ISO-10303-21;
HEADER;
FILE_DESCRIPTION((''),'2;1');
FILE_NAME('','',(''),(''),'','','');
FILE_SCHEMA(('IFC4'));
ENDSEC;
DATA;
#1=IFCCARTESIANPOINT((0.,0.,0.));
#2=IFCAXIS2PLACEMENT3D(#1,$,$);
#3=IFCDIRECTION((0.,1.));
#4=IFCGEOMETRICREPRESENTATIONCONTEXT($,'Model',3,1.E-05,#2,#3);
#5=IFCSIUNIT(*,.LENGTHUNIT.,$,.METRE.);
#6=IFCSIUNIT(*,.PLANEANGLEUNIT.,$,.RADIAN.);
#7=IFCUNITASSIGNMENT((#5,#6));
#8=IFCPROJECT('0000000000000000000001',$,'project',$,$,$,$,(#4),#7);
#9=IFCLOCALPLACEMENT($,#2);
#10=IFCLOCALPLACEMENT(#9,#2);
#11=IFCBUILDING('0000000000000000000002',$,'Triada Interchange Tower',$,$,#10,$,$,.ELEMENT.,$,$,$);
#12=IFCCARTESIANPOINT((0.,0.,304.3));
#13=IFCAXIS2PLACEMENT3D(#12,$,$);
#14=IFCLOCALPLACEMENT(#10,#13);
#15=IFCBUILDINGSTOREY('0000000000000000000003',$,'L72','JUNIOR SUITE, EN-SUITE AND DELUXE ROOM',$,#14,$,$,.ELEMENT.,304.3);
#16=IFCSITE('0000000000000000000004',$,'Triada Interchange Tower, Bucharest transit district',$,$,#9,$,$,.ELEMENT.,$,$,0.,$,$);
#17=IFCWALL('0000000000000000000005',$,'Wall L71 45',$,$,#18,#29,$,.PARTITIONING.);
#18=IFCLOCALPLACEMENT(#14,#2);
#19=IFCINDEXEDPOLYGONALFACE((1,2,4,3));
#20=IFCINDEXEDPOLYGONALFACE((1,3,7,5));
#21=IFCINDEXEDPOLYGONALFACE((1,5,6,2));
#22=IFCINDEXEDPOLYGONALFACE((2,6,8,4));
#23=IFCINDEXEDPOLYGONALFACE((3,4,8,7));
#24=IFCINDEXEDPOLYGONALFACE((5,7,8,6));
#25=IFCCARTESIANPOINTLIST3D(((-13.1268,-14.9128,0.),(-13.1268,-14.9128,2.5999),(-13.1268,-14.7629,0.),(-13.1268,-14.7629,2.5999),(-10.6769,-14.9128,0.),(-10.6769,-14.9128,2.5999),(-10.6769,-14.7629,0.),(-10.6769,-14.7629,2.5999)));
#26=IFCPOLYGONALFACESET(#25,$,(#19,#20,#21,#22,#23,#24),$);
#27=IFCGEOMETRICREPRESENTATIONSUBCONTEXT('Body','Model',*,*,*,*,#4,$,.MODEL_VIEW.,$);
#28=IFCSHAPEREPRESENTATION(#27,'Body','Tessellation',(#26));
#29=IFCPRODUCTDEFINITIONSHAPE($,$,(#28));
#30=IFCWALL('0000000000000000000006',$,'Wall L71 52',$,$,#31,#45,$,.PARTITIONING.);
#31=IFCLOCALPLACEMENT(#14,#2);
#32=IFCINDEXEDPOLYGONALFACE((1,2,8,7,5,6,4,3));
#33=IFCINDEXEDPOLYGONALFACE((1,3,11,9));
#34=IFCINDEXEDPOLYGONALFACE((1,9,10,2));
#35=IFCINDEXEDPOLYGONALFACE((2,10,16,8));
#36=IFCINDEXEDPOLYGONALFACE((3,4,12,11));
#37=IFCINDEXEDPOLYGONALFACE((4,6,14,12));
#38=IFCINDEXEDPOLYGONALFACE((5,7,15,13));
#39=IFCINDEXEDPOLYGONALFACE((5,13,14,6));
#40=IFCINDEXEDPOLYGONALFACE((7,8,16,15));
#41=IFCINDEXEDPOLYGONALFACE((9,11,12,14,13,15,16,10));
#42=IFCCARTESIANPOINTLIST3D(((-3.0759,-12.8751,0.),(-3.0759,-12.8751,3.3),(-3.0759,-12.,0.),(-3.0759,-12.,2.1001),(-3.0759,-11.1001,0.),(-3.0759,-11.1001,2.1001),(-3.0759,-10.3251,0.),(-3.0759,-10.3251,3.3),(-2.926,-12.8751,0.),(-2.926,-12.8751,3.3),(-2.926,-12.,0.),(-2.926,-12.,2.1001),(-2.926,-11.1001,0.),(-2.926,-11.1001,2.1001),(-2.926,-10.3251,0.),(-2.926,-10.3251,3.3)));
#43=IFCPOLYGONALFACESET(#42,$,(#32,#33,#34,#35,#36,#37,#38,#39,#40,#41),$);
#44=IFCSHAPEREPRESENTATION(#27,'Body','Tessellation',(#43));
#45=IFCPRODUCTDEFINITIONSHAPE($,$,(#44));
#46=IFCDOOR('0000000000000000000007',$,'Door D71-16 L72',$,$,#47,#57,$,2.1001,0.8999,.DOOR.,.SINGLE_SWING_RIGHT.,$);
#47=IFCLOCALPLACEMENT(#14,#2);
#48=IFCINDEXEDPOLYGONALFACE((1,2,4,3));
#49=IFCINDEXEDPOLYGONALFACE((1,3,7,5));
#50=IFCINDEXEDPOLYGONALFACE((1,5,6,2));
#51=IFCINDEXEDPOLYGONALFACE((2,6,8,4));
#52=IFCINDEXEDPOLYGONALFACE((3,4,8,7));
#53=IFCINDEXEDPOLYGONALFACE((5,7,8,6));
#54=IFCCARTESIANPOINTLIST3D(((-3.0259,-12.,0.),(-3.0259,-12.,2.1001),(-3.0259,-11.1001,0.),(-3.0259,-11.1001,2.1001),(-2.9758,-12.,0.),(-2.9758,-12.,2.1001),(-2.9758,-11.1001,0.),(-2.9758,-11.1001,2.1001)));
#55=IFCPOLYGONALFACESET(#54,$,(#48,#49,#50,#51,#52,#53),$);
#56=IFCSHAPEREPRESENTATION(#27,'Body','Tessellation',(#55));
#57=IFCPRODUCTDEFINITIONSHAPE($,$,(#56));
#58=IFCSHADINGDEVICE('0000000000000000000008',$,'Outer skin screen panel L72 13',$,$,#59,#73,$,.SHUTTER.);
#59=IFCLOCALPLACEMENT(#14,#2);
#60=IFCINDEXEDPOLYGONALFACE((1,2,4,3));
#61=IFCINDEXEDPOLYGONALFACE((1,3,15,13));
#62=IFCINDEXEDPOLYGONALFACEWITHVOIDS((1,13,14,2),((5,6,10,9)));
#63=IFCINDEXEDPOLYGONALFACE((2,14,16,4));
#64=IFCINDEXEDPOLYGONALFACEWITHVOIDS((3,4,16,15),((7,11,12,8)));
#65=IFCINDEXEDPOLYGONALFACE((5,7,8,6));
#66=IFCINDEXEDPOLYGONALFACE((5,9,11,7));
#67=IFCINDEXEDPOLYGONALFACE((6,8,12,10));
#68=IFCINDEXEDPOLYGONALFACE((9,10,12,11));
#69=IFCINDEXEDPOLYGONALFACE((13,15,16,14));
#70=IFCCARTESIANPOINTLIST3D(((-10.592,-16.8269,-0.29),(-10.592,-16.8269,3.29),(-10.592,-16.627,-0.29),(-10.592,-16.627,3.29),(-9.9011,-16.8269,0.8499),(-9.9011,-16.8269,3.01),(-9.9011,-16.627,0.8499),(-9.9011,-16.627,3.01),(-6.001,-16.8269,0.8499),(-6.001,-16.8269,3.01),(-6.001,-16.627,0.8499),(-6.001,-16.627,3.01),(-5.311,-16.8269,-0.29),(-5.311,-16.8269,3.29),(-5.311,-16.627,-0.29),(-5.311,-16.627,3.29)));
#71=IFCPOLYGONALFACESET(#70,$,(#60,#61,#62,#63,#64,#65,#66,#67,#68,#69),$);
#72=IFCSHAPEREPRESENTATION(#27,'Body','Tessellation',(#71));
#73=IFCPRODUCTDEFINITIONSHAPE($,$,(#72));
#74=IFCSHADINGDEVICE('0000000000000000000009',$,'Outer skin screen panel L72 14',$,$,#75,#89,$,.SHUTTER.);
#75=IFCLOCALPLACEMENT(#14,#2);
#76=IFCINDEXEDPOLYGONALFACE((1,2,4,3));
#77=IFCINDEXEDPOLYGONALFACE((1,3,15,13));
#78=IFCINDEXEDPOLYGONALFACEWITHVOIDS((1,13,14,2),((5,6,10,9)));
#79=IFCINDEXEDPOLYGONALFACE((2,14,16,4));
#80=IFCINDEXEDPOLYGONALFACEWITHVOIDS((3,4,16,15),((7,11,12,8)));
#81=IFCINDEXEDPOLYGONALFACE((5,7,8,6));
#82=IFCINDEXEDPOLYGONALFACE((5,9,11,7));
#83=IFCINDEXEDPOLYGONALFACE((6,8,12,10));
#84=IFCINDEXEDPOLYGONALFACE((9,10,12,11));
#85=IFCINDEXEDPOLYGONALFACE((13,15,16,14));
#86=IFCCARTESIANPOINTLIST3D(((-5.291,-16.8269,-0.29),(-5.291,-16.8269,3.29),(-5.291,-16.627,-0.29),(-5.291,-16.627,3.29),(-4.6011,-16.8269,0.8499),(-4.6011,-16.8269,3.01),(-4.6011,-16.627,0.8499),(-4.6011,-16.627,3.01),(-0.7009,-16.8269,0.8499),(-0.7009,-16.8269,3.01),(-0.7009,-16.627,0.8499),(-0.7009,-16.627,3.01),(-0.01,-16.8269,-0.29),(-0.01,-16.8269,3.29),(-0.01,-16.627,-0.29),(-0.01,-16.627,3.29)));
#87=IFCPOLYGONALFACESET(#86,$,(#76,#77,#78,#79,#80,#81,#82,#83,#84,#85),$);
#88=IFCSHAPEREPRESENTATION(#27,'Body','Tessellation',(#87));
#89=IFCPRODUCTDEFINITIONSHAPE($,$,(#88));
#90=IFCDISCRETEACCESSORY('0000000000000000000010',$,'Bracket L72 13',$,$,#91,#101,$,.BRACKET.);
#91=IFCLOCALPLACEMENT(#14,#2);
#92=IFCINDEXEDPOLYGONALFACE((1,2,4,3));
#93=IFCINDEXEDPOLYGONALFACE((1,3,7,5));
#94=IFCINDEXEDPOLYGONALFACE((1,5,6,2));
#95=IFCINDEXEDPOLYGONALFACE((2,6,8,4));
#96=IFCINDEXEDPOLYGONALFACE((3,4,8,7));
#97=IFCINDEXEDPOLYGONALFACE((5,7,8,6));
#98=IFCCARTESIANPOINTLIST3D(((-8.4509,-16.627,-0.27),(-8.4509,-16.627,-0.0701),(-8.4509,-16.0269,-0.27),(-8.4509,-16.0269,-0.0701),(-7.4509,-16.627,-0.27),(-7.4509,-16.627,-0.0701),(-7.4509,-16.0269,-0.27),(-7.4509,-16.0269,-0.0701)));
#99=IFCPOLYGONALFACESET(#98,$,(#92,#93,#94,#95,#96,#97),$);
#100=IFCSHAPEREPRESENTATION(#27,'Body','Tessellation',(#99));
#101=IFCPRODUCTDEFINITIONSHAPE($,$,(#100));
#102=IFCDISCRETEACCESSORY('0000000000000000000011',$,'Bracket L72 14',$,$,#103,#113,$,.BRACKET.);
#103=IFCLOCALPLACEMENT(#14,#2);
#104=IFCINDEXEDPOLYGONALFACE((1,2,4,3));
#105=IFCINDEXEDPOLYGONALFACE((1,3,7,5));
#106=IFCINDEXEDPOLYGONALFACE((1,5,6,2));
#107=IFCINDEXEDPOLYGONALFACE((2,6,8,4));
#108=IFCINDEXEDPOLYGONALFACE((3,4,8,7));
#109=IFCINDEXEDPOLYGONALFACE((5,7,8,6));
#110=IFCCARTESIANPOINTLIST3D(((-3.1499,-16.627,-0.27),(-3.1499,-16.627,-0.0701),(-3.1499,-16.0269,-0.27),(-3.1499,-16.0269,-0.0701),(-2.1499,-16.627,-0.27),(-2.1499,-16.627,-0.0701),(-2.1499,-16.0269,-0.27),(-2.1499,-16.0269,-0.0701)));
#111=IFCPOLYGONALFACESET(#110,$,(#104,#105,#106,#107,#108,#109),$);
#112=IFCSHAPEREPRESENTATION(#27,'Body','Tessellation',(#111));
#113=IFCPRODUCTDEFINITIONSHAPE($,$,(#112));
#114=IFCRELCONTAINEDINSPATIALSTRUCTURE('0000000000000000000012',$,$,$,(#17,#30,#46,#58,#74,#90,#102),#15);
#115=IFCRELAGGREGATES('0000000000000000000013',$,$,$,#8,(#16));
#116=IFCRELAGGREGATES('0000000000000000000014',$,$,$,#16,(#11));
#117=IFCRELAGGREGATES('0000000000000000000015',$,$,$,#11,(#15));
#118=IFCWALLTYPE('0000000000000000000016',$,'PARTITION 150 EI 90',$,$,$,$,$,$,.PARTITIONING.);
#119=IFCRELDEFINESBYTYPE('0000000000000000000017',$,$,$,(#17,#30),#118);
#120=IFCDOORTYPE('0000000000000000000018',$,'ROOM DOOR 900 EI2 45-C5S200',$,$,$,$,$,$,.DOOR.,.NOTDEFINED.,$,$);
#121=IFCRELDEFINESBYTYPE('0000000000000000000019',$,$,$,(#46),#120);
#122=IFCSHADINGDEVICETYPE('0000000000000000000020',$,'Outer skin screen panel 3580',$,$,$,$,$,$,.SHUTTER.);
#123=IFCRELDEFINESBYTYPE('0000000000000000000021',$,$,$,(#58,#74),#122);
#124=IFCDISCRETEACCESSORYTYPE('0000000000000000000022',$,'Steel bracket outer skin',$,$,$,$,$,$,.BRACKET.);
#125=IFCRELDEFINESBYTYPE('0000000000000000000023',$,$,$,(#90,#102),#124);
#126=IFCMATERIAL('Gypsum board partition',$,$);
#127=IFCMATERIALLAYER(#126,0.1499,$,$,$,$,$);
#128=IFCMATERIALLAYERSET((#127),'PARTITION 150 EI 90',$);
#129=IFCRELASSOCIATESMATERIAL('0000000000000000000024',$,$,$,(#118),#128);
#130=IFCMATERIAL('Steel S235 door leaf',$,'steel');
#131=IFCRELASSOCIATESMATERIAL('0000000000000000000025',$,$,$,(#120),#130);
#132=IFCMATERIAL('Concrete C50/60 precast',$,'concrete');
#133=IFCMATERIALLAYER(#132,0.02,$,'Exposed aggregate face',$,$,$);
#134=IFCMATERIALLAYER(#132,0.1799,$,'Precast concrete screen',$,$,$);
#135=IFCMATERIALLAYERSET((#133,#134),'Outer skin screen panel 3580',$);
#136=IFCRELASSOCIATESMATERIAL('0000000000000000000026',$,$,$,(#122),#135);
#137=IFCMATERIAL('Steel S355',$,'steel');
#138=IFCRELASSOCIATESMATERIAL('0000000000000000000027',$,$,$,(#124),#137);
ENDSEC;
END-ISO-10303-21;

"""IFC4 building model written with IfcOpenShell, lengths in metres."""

from ifc_helpers import new_model, si_unit, direction, frame, frame_2d, origin, origin_2d, place, context, subcontext, project, spatial, polyline, rectangle, outline, extrude, material, layer, layer_set, type_object, element, fill, save


model = new_model("IFC4")

# Units and contexts
model_context = context("Model", 3, precision=1e-05, world=origin(), true_north=direction((0.0, 1.0)))
body_context = subcontext(model_context, "Body", "Model", "MODEL_VIEW")
ifc_project = project(units=[si_unit("LENGTHUNIT", "METRE"), si_unit("PLANEANGLEUNIT", "RADIAN")], contexts=[model_context])

# Site, building, storey
site_placement = place(None, origin())
site = spatial("IfcSite", under=ifc_project, at=site_placement, Name="Triada Interchange Tower, Bucharest transit district", CompositionType="ELEMENT", RefElevation=0.0)
building_placement = place(site_placement, origin())
building = spatial("IfcBuilding", under=site, at=building_placement, Name="Triada Interchange Tower", CompositionType="ELEMENT")
storey_placement = place(building_placement, frame((0.0, 0.0, 304.3)))
storey = spatial("IfcBuildingStorey", under=building, at=storey_placement, Name="L72", Description="JUNIOR SUITE, EN-SUITE AND DELUXE ROOM", CompositionType="ELEMENT", Elevation=304.3)

# Shared definitions
ifc_material_1 = material(Name="Gypsum board partition")
ifc_layer_1 = layer(ifc_material_1, 0.1499)
ifc_layer_set_1 = layer_set([ifc_layer_1], Name="PARTITION 150 EI 90")
wall_type_1 = type_object("IfcWallType", Name="PARTITION 150 EI 90", PredefinedType="PARTITIONING", material=ifc_layer_set_1)

# Shared definitions
ifc_material_2 = material(Name="Steel S235 door leaf", Category="steel")
door_type = type_object("IfcDoorType", Name="ROOM DOOR 900 EI2 45-C5S200", OperationType="NOTDEFINED", PredefinedType="DOOR", material=ifc_material_2)

# Wall
wall_1_placement = place(storey_placement, frame((-13.127, -14.8379, 0.0), z_axis=(0.0, 0.0, 1.0), x_axis=(1.0, 0.0, 0.0)))
element("IfcWall", 1, at=wall_1_placement, inside=storey, type_object=wall_type_1, Name="Wall L71 45", PredefinedType="PARTITIONING", context=body_context, shape_type="SweptSolid", body=[
    extrude(rectangle(XDim=2.45, YDim=0.1499, at=frame_2d((1.2251, 0.0))), origin(), (0.0, 0.0, 1.0), 2.5999),
])

# Wall, opening, door
wall_2_placement = place(storey_placement, frame((-3.001, -12.875, 0.0), z_axis=(0.0, 0.0, 1.0), x_axis=(0.0, 1.0, 0.0)))
wall_2 = element("IfcWall", 2, at=wall_2_placement, inside=storey, type_object=wall_type_1, Name="Wall L71 52", PredefinedType="PARTITIONING", context=body_context, shape_type="SweptSolid", body=[
    extrude(rectangle(XDim=2.55, YDim=0.1499, at=frame_2d((1.2749, 0.0))), origin(), (0.0, 0.0, 1.0), 3.3),
])
opening_1_placement = place(wall_2_placement, frame((0.875, 0.0, 0.0)))
opening_1 = element("IfcOpeningElement", 3, at=opening_1_placement, cuts=wall_2, PredefinedType="OPENING", context=body_context, shape_type="SweptSolid", body=[
    extrude(rectangle(XDim=0.8999, YDim=2.1001, at=frame_2d((0.45, 1.05))), frame((0.0, 0.085, 0.0), z_axis=(0.0, -1.0, 0.0), x_axis=(1.0, 0.0, 0.0)), (0.0, 0.0, 1.0), 0.1699),
])
door_1_placement = place(opening_1_placement, origin())
door_1 = element("IfcDoor", 4, at=door_1_placement, inside=storey, type_object=door_type, Name="Door D71-16 L72", OperationType="SINGLE_SWING_RIGHT", OverallHeight=2.1001, OverallWidth=0.8999, PredefinedType="DOOR", context=body_context, shape_type="SweptSolid", body=[
    extrude(rectangle(XDim=0.8999, YDim=2.1001, at=frame_2d((0.45, 1.05))), frame((0.0, 0.0249, 0.0), z_axis=(0.0, -1.0, 0.0), x_axis=(1.0, 0.0, 0.0)), (0.0, 0.0, 1.0), 0.05),
])
fill(opening_1, door_1)

# Shading devices
ifc_material_3 = material(Name="Concrete C50/60 precast", Category="concrete")
ifc_layer_2 = layer(ifc_material_3, 0.02, Name="Exposed aggregate face")
ifc_layer_3 = layer(ifc_material_3, 0.1799, Name="Precast concrete screen")
ifc_layer_set_2 = layer_set([ifc_layer_2, ifc_layer_3], Name="Outer skin screen panel 3580")
shading_device_type = type_object("IfcShadingDeviceType", Name="Outer skin screen panel 3580", PredefinedType="SHUTTER", material=ifc_layer_set_2)
shading_device_1_placement = place(storey_placement, frame((-10.592, -16.627, -0.29), z_axis=(0.0, 0.0, 1.0), x_axis=(1.0, 0.0, 0.0)))
element("IfcShadingDevice", 5, at=shading_device_1_placement, inside=storey, type_object=shading_device_type, Name="Outer skin screen panel L72 13", PredefinedType="SHUTTER", context=body_context, shape_type="SweptSolid", body=[
    extrude(outline(polyline([(0.0, 0.0), (5.281, 0.0), (5.281, 3.5801), (0.0, 3.5801), (0.0, 0.0)]), holes=[polyline([(0.6909, 1.1399), (0.6909, 3.3), (4.5911, 3.3), (4.5911, 1.1399), (0.6909, 1.1399)])]), frame((0.0, 0.0, 0.0), z_axis=(0.0, -1.0, 0.0), x_axis=(1.0, 0.0, 0.0)), (0.0, 0.0, 1.0), 0.2),
])
shading_device_2_placement = place(storey_placement, frame((-5.291, -16.627, -0.29), z_axis=(0.0, 0.0, 1.0), x_axis=(1.0, 0.0, 0.0)))
element("IfcShadingDevice", 6, at=shading_device_2_placement, inside=storey, type_object=shading_device_type, Name="Outer skin screen panel L72 14", PredefinedType="SHUTTER", context=body_context, shape_type="SweptSolid", body=[
    extrude(outline(polyline([(0.0, 0.0), (5.281, 0.0), (5.281, 3.5801), (0.0, 3.5801), (0.0, 0.0)]), holes=[polyline([(0.6899, 1.1399), (0.6899, 3.3), (4.5901, 3.3), (4.5901, 1.1399), (0.6899, 1.1399)])]), frame((0.0, 0.0, 0.0), z_axis=(0.0, -1.0, 0.0), x_axis=(1.0, 0.0, 0.0)), (0.0, 0.0, 1.0), 0.2),
])

# Discrete accessories
ifc_material_4 = material(Name="Steel S355", Category="steel")
discrete_accessory_type = type_object("IfcDiscreteAccessoryType", Name="Steel bracket outer skin", PredefinedType="BRACKET", material=ifc_material_4)
for number, where, z_axis, x_axis, name in (
    (7, (-7.9509, -16.3269, -0.27), (0.0, 0.0, 1.0), (0.0, -1.0, 0.0), "Bracket L72 13"),
    (8, (-2.6499, -16.3269, -0.27), (0.0, 0.0, 1.0), (0.0, -1.0, 0.0), "Bracket L72 14"),
):
    element("IfcDiscreteAccessory", number, at=place(storey_placement, frame(where, z_axis=z_axis, x_axis=x_axis)), inside=storey, type_object=discrete_accessory_type, Name=name, PredefinedType="BRACKET", context=body_context, shape_type="SweptSolid", body=[
        extrude(rectangle(XDim=0.6001, YDim=1.0, at=origin_2d()), origin(), (0.0, 0.0, 1.0), 0.2),
    ])

save(model, "model.ifc")
